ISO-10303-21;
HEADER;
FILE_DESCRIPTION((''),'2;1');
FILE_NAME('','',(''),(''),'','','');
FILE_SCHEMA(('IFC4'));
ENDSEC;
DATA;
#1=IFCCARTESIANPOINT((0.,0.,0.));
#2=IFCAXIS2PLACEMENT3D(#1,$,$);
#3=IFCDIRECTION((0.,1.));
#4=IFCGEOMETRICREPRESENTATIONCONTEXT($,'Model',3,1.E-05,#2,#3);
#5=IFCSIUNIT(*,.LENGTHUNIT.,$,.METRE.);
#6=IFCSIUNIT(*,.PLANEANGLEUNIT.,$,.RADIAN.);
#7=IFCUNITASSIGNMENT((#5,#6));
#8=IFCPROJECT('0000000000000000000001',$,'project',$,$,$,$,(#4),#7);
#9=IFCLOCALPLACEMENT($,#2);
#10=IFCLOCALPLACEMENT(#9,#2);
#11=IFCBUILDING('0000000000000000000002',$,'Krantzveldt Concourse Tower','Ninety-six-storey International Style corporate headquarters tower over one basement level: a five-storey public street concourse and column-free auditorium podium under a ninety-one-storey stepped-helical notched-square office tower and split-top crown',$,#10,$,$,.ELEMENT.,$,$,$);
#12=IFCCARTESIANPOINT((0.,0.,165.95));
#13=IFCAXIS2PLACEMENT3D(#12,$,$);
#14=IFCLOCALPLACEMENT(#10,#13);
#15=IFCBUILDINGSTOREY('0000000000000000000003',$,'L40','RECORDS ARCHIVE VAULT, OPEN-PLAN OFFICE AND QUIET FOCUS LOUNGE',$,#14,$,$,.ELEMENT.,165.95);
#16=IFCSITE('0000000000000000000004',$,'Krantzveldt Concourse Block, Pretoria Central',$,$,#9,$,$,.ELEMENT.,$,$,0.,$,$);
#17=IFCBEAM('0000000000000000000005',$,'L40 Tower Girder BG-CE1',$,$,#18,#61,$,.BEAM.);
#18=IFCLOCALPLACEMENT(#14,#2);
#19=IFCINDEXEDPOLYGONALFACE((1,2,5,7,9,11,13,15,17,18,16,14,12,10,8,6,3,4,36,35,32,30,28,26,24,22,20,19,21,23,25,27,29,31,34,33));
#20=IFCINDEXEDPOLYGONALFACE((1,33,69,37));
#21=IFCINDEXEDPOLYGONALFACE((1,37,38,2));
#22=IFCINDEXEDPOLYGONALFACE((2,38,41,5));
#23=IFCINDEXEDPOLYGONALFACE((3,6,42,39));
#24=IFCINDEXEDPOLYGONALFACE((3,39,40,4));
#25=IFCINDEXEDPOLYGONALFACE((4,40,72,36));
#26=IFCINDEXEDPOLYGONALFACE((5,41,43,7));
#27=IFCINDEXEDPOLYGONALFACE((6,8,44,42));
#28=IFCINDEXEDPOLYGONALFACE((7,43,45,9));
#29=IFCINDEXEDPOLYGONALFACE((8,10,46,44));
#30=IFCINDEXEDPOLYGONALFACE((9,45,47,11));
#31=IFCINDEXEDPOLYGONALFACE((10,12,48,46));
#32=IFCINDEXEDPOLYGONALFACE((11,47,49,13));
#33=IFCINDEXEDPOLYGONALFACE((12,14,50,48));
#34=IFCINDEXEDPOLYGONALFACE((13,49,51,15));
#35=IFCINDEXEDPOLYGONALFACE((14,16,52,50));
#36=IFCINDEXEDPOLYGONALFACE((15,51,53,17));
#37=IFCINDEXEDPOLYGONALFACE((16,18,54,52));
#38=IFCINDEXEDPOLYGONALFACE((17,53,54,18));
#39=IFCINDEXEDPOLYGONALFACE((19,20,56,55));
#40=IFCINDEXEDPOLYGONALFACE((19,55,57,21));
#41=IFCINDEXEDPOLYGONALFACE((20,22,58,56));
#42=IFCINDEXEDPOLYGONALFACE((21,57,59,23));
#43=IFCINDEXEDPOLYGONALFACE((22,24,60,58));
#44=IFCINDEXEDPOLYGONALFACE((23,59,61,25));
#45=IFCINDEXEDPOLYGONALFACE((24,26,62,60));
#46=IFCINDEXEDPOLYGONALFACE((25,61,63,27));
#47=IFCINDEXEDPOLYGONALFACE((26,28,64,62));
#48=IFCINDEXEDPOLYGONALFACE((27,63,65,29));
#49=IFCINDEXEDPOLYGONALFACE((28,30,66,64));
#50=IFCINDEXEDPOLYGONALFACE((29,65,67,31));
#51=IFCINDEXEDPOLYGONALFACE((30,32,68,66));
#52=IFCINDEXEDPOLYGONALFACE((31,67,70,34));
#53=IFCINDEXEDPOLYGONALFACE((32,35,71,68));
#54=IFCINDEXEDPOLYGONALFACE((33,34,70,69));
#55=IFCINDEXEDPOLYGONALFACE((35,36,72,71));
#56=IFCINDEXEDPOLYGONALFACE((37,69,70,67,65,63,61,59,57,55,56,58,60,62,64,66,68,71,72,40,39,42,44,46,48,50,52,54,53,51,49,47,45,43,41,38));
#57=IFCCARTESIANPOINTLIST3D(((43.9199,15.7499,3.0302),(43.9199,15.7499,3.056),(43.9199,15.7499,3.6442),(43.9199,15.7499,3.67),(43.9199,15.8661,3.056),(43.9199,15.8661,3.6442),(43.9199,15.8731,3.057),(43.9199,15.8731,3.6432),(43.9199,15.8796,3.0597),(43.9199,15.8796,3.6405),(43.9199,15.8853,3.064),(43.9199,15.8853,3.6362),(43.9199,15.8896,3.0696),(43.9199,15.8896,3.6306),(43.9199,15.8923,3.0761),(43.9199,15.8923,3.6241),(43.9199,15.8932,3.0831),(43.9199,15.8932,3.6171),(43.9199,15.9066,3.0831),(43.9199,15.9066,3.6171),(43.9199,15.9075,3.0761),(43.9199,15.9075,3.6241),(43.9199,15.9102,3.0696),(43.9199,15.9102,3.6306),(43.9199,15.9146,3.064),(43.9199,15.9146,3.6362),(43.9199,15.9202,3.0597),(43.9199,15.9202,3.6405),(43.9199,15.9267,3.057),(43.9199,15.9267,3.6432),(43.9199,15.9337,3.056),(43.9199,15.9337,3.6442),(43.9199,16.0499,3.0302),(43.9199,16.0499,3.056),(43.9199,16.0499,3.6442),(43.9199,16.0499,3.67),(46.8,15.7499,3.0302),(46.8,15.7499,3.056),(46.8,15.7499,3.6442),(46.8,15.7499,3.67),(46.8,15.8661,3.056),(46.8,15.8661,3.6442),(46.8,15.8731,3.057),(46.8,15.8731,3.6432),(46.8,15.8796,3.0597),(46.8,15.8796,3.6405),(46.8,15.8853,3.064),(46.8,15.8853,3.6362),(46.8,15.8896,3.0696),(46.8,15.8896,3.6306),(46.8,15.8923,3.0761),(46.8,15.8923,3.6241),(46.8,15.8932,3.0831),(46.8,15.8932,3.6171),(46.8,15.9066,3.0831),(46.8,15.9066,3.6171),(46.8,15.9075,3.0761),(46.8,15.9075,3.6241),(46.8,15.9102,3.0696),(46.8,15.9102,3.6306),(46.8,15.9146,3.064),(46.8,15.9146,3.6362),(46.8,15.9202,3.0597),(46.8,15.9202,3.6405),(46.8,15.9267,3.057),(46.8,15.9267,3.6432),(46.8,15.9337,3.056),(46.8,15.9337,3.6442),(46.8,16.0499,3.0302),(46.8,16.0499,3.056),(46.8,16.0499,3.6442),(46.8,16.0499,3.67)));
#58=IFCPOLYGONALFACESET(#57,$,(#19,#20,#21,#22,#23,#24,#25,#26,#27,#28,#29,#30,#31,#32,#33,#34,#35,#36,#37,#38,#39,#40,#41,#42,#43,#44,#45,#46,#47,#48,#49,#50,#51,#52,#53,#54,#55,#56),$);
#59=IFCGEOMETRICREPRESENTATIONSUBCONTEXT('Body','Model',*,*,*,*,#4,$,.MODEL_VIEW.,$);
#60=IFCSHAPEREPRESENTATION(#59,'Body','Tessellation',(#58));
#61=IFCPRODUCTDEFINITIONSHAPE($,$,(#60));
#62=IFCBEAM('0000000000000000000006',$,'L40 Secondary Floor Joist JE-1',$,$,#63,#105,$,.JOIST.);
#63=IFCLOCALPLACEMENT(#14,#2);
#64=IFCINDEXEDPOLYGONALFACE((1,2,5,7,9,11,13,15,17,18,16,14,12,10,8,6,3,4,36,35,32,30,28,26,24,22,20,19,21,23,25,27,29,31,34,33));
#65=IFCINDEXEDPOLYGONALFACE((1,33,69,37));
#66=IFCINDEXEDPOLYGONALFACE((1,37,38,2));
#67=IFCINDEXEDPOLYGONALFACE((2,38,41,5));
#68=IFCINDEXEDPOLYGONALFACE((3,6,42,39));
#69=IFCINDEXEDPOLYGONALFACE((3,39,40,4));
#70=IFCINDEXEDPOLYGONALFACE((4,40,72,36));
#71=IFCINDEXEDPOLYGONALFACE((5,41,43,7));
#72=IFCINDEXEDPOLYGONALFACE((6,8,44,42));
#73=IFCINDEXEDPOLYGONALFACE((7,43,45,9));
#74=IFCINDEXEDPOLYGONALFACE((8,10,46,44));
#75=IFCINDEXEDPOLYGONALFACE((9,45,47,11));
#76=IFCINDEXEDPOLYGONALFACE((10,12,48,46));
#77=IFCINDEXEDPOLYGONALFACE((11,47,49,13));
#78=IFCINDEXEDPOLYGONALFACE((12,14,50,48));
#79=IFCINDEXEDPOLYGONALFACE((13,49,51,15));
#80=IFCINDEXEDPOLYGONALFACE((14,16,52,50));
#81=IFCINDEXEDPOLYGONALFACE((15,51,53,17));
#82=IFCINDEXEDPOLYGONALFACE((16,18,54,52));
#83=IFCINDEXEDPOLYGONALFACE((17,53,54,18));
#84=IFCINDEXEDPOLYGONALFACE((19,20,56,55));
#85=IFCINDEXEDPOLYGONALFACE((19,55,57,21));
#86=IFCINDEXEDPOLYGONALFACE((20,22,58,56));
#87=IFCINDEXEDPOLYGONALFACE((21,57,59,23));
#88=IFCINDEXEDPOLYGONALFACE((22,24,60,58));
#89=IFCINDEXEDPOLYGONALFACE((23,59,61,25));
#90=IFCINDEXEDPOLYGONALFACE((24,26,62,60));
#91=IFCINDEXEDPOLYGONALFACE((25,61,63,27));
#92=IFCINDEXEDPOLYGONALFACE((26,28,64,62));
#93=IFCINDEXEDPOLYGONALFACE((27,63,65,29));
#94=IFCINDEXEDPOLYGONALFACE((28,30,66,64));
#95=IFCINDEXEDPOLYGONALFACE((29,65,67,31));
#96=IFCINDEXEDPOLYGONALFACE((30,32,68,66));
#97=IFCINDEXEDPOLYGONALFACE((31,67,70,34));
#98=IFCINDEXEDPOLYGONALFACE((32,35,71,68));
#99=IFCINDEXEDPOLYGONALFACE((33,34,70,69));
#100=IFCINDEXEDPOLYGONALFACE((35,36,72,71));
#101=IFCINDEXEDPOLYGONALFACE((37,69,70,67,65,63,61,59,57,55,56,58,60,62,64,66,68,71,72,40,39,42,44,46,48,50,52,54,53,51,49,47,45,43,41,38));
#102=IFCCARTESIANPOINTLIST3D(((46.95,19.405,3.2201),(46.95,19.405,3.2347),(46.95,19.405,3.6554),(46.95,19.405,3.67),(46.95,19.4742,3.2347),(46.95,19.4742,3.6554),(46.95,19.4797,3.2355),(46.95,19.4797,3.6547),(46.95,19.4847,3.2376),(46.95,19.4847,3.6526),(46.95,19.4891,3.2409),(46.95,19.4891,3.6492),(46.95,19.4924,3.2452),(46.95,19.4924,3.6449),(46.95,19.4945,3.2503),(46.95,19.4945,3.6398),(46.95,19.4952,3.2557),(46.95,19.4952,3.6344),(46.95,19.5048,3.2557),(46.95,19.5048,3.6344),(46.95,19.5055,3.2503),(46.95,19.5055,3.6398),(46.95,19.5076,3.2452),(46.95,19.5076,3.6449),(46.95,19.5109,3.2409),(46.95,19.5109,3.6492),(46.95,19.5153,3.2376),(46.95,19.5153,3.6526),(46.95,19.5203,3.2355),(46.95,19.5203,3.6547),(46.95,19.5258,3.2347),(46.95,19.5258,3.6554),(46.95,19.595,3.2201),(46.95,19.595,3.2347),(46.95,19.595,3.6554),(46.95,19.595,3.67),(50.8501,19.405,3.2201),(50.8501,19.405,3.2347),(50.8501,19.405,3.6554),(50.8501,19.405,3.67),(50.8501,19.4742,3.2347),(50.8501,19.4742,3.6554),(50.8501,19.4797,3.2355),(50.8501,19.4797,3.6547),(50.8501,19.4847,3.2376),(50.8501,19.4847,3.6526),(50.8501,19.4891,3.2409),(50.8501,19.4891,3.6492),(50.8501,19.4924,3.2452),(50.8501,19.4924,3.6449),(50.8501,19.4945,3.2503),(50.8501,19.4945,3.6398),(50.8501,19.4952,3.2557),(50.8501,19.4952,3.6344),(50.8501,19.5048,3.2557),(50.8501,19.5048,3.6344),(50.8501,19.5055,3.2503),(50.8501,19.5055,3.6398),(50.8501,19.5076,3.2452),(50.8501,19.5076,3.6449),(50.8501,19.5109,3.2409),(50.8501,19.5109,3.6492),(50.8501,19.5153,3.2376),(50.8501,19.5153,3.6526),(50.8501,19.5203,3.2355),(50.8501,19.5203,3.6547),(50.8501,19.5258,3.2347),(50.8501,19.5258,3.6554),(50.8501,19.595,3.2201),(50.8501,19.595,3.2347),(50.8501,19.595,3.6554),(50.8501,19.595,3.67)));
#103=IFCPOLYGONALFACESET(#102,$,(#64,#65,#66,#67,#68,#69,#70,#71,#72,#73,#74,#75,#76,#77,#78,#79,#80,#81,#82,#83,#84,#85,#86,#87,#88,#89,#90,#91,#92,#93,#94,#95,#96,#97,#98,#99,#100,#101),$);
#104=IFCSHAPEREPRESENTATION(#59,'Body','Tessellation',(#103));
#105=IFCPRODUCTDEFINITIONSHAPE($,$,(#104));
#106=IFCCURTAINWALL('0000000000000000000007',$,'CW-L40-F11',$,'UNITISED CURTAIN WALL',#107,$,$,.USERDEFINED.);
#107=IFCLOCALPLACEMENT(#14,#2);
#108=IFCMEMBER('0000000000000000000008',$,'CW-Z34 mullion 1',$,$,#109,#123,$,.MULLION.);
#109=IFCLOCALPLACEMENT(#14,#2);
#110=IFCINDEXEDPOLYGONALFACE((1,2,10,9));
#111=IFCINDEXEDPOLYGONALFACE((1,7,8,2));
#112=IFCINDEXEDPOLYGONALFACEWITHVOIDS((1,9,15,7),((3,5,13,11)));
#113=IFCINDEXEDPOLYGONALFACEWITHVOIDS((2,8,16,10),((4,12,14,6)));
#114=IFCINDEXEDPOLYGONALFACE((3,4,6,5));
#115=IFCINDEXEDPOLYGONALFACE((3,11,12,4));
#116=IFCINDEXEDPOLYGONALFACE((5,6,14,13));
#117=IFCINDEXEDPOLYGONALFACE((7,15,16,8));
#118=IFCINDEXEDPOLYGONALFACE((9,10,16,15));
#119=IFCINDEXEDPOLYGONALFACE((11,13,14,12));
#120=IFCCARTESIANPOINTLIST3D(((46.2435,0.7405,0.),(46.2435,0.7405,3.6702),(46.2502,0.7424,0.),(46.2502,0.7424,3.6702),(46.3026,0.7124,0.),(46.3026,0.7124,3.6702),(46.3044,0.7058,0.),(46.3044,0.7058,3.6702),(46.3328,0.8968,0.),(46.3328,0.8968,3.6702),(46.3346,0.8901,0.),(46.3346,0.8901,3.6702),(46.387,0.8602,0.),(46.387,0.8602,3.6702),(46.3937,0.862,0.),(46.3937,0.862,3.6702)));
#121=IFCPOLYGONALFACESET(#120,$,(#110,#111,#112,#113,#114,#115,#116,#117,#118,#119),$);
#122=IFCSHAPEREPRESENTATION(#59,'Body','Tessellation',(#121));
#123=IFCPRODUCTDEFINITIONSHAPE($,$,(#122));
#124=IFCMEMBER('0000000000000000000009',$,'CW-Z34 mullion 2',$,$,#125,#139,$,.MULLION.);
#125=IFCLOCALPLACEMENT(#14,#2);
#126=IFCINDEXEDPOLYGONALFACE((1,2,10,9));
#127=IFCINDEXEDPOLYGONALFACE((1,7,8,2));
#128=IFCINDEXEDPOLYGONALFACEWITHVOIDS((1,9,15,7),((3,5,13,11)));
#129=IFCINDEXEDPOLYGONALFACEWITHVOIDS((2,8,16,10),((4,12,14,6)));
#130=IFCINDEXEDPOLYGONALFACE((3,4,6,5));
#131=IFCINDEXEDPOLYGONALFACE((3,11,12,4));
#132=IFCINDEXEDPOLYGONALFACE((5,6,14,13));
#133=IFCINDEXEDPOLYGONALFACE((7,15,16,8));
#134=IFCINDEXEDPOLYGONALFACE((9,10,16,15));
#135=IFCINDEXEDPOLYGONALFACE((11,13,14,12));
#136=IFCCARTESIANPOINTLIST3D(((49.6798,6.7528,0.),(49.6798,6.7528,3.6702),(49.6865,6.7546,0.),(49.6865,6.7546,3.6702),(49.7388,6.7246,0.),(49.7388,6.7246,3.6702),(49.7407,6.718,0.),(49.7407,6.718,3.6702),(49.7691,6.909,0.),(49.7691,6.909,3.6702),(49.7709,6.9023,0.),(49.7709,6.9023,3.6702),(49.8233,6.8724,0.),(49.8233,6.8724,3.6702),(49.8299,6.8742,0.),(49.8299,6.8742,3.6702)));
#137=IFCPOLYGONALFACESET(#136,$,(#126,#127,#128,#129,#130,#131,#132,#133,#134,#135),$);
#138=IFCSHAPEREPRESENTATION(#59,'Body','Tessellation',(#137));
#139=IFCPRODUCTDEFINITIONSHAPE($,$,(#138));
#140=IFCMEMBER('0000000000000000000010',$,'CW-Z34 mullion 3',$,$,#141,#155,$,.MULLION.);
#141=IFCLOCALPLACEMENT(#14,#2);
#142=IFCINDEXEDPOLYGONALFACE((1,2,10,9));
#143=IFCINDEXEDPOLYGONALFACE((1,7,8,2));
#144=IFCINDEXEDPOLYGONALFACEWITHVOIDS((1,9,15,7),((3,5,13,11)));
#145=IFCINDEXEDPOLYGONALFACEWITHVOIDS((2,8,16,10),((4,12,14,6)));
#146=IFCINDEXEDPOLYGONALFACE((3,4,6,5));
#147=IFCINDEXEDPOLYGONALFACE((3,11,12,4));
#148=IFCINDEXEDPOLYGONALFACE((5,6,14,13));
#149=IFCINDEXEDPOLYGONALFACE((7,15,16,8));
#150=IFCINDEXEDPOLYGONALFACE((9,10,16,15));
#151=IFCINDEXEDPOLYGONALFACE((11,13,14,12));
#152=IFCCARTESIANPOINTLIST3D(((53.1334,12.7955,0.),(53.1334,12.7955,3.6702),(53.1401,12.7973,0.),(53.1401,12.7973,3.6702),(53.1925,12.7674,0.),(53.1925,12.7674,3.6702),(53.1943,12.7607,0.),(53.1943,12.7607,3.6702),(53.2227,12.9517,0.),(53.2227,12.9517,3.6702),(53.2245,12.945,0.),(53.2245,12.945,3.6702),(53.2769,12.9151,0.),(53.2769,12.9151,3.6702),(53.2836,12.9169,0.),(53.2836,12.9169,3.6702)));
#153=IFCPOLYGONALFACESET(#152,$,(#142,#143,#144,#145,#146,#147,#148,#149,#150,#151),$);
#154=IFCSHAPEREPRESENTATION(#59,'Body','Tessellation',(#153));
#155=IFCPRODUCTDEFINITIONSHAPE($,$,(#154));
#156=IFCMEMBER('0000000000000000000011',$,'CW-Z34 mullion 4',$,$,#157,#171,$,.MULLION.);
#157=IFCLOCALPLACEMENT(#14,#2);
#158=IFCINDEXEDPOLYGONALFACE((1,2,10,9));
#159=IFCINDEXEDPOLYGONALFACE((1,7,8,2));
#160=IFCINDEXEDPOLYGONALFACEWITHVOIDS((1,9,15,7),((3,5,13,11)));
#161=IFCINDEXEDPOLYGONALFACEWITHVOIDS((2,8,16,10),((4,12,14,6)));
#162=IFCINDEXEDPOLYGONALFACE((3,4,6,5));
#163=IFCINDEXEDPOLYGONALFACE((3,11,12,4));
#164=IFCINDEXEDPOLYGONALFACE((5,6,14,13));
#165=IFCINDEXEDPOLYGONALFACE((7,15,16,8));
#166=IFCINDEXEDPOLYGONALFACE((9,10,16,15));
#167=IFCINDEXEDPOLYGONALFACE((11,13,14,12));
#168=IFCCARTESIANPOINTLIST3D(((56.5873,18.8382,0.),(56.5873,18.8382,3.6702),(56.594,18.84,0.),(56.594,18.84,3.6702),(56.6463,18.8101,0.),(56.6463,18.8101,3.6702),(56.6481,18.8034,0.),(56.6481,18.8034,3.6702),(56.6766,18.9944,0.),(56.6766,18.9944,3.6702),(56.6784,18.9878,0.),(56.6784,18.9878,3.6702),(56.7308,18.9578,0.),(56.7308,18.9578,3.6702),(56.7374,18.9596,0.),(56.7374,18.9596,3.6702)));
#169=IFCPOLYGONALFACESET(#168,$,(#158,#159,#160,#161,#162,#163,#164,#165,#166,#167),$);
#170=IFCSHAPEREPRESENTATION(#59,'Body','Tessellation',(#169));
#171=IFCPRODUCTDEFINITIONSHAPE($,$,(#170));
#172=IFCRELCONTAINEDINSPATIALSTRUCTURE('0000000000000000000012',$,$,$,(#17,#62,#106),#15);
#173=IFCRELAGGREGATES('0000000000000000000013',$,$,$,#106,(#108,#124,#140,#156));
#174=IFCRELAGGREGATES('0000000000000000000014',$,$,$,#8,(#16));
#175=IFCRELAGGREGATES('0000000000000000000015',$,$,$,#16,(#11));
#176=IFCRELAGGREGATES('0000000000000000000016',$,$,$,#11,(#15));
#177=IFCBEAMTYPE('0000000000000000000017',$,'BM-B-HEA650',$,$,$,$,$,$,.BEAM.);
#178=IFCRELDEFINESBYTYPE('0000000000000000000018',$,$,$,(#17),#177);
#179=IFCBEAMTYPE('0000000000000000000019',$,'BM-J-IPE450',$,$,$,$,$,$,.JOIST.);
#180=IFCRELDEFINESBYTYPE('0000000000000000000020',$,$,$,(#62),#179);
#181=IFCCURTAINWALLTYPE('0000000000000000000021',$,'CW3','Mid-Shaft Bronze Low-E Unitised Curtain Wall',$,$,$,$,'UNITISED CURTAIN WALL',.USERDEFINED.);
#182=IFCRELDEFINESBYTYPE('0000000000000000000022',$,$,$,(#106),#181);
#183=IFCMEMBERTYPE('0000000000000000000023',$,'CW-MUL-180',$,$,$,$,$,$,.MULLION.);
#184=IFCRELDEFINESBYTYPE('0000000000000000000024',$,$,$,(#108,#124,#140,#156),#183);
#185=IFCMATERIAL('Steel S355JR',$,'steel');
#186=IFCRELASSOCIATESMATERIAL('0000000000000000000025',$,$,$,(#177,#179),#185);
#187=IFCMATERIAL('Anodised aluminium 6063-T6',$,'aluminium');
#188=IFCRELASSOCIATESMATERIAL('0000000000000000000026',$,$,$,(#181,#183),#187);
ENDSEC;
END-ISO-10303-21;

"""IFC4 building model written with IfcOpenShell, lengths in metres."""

from ifc_helpers import new_model, si_unit, direction, frame, origin, origin_2d, place, context, subcontext, project, spatial, hollow_rectangle, i_section, extrude, source, transform, mapped, material, material_profile, profile_set, type_object, type_shapes, element, aggregate, save


model = new_model("IFC4")

# Units and contexts
model_context = context("Model", 3, precision=1e-05, world=origin(), true_north=direction((0.0, 1.0)))
body_context = subcontext(model_context, "Body", "Model", "MODEL_VIEW")
ifc_project = project(units=[si_unit("LENGTHUNIT", "METRE"), si_unit("PLANEANGLEUNIT", "RADIAN")], contexts=[model_context])

# Site, building, storey
site_placement = place(None, origin())
site = spatial("IfcSite", under=ifc_project, at=site_placement, Name="Krantzveldt Concourse Block, Pretoria Central", CompositionType="ELEMENT", RefElevation=0.0)
building_placement = place(site_placement, origin())
building = spatial("IfcBuilding", under=site, at=building_placement, Name="Krantzveldt Concourse Tower", Description="Ninety-six-storey International Style corporate headquarters tower over one basement level: a five-storey public street concourse and column-free auditorium podium under a ninety-one-storey stepped-helical notched-square office tower and split-top crown", CompositionType="ELEMENT")
storey_placement = place(building_placement, frame((0.0, 0.0, 165.95)))
storey = spatial("IfcBuildingStorey", under=building, at=storey_placement, Name="L40", Description="RECORDS ARCHIVE VAULT, OPEN-PLAN OFFICE AND QUIET FOCUS LOUNGE", CompositionType="ELEMENT", Elevation=165.95)

# Beams
ifc_material_1 = material(Name="Steel S355JR", Category="steel")
ifc_material_profile_1 = material_profile(ifc_material_1, i_section(OverallWidth=0.3, OverallDepth=0.6399, WebThickness=0.0134, FlangeThickness=0.0259, FilletRadius=0.0271, at=origin_2d()), Name="Steel S355JR", Category="steel")
ifc_profile_set_1 = profile_set([ifc_material_profile_1], Name="Steel S355JR - HEA 650")
beam_type_1 = type_object("IfcBeamType", Name="BM-B-HEA650", PredefinedType="BEAM", material=ifc_profile_set_1)
shared_shape_1 = source(origin(), body_context, "Body", "SweptSolid", [
    extrude(i_section(OverallWidth=0.3, OverallDepth=0.6399, WebThickness=0.0134, FlangeThickness=0.0259, FilletRadius=0.0271, at=origin_2d()), origin(), (0.0, 0.0, 1.0), 2.8801),
])
beam_1_placement = place(storey_placement, frame((43.9199, 15.8999, 3.3501), z_axis=(1.0, 0.0, 0.0), x_axis=(0.0, 1.0, 0.0)))
element("IfcBeam", 1, at=beam_1_placement, inside=storey, type_object=beam_type_1, Name="L40 Tower Girder BG-CE1", PredefinedType="BEAM", context=body_context, shape_type="MappedRepresentation", body=[
    mapped(shared_shape_1, transform((0.0, 0.0, 0.0), x_axis=(1.0, 0.0, 0.0), y_axis=(0.0, 1.0, 0.0), z_axis=(0.0, 0.0, 1.0), scale=1.0)),
])
ifc_material_profile_2 = material_profile(ifc_material_1, i_section(OverallWidth=0.1899, OverallDepth=0.45, WebThickness=0.0095, FlangeThickness=0.0146, FilletRadius=0.021, at=origin_2d()), Name="Steel S355JR", Category="steel")
ifc_profile_set_2 = profile_set([ifc_material_profile_2], Name="Steel S355JR - IPE 450")
beam_type_2 = type_object("IfcBeamType", Name="BM-J-IPE450", PredefinedType="JOIST", material=ifc_profile_set_2)
shared_shape_2 = source(origin(), body_context, "Body", "SweptSolid", [
    extrude(i_section(OverallWidth=0.1899, OverallDepth=0.45, WebThickness=0.0095, FlangeThickness=0.0146, FilletRadius=0.021, at=origin_2d()), origin(), (0.0, 0.0, 1.0), 3.9001),
])
type_shapes(beam_type_2, [shared_shape_2])
beam_2_placement = place(storey_placement, frame((46.95, 19.5, 3.4451), z_axis=(1.0, 0.0, 0.0), x_axis=(0.0, 1.0, 0.0)))
element("IfcBeam", 2, at=beam_2_placement, inside=storey, type_object=beam_type_2, Name="L40 Secondary Floor Joist JE-1", PredefinedType="JOIST", context=body_context, shape_type="MappedRepresentation", body=[
    mapped(shared_shape_2, transform((0.0, 0.0, 0.0), x_axis=(1.0, 0.0, 0.0), y_axis=(0.0, 1.0, 0.0), z_axis=(0.0, 0.0, 1.0), scale=1.0)),
])

# Curtain wall, members
ifc_material_2 = material(Name="Anodised aluminium 6063-T6", Category="aluminium")
curtain_wall_type = type_object("IfcCurtainWallType", Name="CW3", Description="Mid-Shaft Bronze Low-E Unitised Curtain Wall", ElementType="UNITISED CURTAIN WALL", PredefinedType="USERDEFINED", material=ifc_material_2)
curtain_wall_placement = place(storey_placement, origin())
curtain_wall = element("IfcCurtainWall", 3, at=curtain_wall_placement, inside=storey, type_object=curtain_wall_type, Name="CW-L40-F11", ObjectType="UNITISED CURTAIN WALL", PredefinedType="USERDEFINED")
ifc_material_profile_3 = material_profile(ifc_material_2, hollow_rectangle(XDim=0.0701, YDim=0.1799, WallThickness=0.0049, at=origin_2d()), Name="Anodised aluminium 6063-T6", Category="aluminium")
ifc_profile_set_3 = profile_set([ifc_material_profile_3], Name="Anodised aluminium 6063-T6 - ALU-MULL 180x70x5")
member_type_1 = type_object("IfcMemberType", Name="CW-MUL-180", PredefinedType="MULLION", material=ifc_profile_set_3)
shared_shape_3 = source(origin(), body_context, "Body", "SweptSolid", [
    extrude(hollow_rectangle(XDim=0.0701, YDim=0.1799, WallThickness=0.0049, at=origin_2d()), origin(), (0.0, 0.0, 1.0), 3.6702),
])
type_shapes(member_type_1, [shared_shape_3])
member_1_placement = place(storey_placement, frame((46.3186, 0.8013, 0.0), z_axis=(0.0, 0.0, 1.0), x_axis=(-0.868199, 0.496216, 0.0)))
member_1 = element("IfcMember", 4, at=member_1_placement, type_object=member_type_1, Name="CW-Z34 mullion 1", PredefinedType="MULLION", context=body_context, shape_type="MappedRepresentation", body=[
    mapped(shared_shape_3, transform((0.0, 0.0, 0.0), x_axis=(1.0, 0.0, 0.0), y_axis=(0.0, 1.0, 0.0), z_axis=(0.0, 0.0, 1.0), scale=1.0)),
])
member_2_placement = place(storey_placement, frame((49.7549, 6.8135, 0.0), z_axis=(0.0, 0.0, 1.0), x_axis=(-0.868199, 0.496216, 0.0)))
member_2 = element("IfcMember", 5, at=member_2_placement, type_object=member_type_1, Name="CW-Z34 mullion 2", PredefinedType="MULLION", context=body_context, shape_type="MappedRepresentation", body=[
    mapped(shared_shape_3, transform((0.0, 0.0, 0.0), x_axis=(1.0, 0.0, 0.0), y_axis=(0.0, 1.0, 0.0), z_axis=(0.0, 0.0, 1.0), scale=1.0)),
])
member_3_placement = place(storey_placement, frame((53.2085, 12.8562, 0.0), z_axis=(0.0, 0.0, 1.0), x_axis=(-0.868199, 0.496216, 0.0)))
member_3 = element("IfcMember", 6, at=member_3_placement, type_object=member_type_1, Name="CW-Z34 mullion 3", PredefinedType="MULLION", context=body_context, shape_type="MappedRepresentation", body=[
    mapped(shared_shape_3, transform((0.0, 0.0, 0.0), x_axis=(1.0, 0.0, 0.0), y_axis=(0.0, 1.0, 0.0), z_axis=(0.0, 0.0, 1.0), scale=1.0)),
])
member_4_placement = place(storey_placement, frame((56.6624, 18.8989, 0.0), z_axis=(0.0, 0.0, 1.0), x_axis=(-0.868199, 0.496216, 0.0)))
member_4 = element("IfcMember", 7, at=member_4_placement, type_object=member_type_1, Name="CW-Z34 mullion 4", PredefinedType="MULLION", context=body_context, shape_type="MappedRepresentation", body=[
    mapped(shared_shape_3, transform((0.0, 0.0, 0.0), x_axis=(1.0, 0.0, 0.0), y_axis=(0.0, 1.0, 0.0), z_axis=(0.0, 0.0, 1.0), scale=1.0)),
])
aggregate(curtain_wall, [member_1, member_2, member_3, member_4])

save(model, "model.ifc")
